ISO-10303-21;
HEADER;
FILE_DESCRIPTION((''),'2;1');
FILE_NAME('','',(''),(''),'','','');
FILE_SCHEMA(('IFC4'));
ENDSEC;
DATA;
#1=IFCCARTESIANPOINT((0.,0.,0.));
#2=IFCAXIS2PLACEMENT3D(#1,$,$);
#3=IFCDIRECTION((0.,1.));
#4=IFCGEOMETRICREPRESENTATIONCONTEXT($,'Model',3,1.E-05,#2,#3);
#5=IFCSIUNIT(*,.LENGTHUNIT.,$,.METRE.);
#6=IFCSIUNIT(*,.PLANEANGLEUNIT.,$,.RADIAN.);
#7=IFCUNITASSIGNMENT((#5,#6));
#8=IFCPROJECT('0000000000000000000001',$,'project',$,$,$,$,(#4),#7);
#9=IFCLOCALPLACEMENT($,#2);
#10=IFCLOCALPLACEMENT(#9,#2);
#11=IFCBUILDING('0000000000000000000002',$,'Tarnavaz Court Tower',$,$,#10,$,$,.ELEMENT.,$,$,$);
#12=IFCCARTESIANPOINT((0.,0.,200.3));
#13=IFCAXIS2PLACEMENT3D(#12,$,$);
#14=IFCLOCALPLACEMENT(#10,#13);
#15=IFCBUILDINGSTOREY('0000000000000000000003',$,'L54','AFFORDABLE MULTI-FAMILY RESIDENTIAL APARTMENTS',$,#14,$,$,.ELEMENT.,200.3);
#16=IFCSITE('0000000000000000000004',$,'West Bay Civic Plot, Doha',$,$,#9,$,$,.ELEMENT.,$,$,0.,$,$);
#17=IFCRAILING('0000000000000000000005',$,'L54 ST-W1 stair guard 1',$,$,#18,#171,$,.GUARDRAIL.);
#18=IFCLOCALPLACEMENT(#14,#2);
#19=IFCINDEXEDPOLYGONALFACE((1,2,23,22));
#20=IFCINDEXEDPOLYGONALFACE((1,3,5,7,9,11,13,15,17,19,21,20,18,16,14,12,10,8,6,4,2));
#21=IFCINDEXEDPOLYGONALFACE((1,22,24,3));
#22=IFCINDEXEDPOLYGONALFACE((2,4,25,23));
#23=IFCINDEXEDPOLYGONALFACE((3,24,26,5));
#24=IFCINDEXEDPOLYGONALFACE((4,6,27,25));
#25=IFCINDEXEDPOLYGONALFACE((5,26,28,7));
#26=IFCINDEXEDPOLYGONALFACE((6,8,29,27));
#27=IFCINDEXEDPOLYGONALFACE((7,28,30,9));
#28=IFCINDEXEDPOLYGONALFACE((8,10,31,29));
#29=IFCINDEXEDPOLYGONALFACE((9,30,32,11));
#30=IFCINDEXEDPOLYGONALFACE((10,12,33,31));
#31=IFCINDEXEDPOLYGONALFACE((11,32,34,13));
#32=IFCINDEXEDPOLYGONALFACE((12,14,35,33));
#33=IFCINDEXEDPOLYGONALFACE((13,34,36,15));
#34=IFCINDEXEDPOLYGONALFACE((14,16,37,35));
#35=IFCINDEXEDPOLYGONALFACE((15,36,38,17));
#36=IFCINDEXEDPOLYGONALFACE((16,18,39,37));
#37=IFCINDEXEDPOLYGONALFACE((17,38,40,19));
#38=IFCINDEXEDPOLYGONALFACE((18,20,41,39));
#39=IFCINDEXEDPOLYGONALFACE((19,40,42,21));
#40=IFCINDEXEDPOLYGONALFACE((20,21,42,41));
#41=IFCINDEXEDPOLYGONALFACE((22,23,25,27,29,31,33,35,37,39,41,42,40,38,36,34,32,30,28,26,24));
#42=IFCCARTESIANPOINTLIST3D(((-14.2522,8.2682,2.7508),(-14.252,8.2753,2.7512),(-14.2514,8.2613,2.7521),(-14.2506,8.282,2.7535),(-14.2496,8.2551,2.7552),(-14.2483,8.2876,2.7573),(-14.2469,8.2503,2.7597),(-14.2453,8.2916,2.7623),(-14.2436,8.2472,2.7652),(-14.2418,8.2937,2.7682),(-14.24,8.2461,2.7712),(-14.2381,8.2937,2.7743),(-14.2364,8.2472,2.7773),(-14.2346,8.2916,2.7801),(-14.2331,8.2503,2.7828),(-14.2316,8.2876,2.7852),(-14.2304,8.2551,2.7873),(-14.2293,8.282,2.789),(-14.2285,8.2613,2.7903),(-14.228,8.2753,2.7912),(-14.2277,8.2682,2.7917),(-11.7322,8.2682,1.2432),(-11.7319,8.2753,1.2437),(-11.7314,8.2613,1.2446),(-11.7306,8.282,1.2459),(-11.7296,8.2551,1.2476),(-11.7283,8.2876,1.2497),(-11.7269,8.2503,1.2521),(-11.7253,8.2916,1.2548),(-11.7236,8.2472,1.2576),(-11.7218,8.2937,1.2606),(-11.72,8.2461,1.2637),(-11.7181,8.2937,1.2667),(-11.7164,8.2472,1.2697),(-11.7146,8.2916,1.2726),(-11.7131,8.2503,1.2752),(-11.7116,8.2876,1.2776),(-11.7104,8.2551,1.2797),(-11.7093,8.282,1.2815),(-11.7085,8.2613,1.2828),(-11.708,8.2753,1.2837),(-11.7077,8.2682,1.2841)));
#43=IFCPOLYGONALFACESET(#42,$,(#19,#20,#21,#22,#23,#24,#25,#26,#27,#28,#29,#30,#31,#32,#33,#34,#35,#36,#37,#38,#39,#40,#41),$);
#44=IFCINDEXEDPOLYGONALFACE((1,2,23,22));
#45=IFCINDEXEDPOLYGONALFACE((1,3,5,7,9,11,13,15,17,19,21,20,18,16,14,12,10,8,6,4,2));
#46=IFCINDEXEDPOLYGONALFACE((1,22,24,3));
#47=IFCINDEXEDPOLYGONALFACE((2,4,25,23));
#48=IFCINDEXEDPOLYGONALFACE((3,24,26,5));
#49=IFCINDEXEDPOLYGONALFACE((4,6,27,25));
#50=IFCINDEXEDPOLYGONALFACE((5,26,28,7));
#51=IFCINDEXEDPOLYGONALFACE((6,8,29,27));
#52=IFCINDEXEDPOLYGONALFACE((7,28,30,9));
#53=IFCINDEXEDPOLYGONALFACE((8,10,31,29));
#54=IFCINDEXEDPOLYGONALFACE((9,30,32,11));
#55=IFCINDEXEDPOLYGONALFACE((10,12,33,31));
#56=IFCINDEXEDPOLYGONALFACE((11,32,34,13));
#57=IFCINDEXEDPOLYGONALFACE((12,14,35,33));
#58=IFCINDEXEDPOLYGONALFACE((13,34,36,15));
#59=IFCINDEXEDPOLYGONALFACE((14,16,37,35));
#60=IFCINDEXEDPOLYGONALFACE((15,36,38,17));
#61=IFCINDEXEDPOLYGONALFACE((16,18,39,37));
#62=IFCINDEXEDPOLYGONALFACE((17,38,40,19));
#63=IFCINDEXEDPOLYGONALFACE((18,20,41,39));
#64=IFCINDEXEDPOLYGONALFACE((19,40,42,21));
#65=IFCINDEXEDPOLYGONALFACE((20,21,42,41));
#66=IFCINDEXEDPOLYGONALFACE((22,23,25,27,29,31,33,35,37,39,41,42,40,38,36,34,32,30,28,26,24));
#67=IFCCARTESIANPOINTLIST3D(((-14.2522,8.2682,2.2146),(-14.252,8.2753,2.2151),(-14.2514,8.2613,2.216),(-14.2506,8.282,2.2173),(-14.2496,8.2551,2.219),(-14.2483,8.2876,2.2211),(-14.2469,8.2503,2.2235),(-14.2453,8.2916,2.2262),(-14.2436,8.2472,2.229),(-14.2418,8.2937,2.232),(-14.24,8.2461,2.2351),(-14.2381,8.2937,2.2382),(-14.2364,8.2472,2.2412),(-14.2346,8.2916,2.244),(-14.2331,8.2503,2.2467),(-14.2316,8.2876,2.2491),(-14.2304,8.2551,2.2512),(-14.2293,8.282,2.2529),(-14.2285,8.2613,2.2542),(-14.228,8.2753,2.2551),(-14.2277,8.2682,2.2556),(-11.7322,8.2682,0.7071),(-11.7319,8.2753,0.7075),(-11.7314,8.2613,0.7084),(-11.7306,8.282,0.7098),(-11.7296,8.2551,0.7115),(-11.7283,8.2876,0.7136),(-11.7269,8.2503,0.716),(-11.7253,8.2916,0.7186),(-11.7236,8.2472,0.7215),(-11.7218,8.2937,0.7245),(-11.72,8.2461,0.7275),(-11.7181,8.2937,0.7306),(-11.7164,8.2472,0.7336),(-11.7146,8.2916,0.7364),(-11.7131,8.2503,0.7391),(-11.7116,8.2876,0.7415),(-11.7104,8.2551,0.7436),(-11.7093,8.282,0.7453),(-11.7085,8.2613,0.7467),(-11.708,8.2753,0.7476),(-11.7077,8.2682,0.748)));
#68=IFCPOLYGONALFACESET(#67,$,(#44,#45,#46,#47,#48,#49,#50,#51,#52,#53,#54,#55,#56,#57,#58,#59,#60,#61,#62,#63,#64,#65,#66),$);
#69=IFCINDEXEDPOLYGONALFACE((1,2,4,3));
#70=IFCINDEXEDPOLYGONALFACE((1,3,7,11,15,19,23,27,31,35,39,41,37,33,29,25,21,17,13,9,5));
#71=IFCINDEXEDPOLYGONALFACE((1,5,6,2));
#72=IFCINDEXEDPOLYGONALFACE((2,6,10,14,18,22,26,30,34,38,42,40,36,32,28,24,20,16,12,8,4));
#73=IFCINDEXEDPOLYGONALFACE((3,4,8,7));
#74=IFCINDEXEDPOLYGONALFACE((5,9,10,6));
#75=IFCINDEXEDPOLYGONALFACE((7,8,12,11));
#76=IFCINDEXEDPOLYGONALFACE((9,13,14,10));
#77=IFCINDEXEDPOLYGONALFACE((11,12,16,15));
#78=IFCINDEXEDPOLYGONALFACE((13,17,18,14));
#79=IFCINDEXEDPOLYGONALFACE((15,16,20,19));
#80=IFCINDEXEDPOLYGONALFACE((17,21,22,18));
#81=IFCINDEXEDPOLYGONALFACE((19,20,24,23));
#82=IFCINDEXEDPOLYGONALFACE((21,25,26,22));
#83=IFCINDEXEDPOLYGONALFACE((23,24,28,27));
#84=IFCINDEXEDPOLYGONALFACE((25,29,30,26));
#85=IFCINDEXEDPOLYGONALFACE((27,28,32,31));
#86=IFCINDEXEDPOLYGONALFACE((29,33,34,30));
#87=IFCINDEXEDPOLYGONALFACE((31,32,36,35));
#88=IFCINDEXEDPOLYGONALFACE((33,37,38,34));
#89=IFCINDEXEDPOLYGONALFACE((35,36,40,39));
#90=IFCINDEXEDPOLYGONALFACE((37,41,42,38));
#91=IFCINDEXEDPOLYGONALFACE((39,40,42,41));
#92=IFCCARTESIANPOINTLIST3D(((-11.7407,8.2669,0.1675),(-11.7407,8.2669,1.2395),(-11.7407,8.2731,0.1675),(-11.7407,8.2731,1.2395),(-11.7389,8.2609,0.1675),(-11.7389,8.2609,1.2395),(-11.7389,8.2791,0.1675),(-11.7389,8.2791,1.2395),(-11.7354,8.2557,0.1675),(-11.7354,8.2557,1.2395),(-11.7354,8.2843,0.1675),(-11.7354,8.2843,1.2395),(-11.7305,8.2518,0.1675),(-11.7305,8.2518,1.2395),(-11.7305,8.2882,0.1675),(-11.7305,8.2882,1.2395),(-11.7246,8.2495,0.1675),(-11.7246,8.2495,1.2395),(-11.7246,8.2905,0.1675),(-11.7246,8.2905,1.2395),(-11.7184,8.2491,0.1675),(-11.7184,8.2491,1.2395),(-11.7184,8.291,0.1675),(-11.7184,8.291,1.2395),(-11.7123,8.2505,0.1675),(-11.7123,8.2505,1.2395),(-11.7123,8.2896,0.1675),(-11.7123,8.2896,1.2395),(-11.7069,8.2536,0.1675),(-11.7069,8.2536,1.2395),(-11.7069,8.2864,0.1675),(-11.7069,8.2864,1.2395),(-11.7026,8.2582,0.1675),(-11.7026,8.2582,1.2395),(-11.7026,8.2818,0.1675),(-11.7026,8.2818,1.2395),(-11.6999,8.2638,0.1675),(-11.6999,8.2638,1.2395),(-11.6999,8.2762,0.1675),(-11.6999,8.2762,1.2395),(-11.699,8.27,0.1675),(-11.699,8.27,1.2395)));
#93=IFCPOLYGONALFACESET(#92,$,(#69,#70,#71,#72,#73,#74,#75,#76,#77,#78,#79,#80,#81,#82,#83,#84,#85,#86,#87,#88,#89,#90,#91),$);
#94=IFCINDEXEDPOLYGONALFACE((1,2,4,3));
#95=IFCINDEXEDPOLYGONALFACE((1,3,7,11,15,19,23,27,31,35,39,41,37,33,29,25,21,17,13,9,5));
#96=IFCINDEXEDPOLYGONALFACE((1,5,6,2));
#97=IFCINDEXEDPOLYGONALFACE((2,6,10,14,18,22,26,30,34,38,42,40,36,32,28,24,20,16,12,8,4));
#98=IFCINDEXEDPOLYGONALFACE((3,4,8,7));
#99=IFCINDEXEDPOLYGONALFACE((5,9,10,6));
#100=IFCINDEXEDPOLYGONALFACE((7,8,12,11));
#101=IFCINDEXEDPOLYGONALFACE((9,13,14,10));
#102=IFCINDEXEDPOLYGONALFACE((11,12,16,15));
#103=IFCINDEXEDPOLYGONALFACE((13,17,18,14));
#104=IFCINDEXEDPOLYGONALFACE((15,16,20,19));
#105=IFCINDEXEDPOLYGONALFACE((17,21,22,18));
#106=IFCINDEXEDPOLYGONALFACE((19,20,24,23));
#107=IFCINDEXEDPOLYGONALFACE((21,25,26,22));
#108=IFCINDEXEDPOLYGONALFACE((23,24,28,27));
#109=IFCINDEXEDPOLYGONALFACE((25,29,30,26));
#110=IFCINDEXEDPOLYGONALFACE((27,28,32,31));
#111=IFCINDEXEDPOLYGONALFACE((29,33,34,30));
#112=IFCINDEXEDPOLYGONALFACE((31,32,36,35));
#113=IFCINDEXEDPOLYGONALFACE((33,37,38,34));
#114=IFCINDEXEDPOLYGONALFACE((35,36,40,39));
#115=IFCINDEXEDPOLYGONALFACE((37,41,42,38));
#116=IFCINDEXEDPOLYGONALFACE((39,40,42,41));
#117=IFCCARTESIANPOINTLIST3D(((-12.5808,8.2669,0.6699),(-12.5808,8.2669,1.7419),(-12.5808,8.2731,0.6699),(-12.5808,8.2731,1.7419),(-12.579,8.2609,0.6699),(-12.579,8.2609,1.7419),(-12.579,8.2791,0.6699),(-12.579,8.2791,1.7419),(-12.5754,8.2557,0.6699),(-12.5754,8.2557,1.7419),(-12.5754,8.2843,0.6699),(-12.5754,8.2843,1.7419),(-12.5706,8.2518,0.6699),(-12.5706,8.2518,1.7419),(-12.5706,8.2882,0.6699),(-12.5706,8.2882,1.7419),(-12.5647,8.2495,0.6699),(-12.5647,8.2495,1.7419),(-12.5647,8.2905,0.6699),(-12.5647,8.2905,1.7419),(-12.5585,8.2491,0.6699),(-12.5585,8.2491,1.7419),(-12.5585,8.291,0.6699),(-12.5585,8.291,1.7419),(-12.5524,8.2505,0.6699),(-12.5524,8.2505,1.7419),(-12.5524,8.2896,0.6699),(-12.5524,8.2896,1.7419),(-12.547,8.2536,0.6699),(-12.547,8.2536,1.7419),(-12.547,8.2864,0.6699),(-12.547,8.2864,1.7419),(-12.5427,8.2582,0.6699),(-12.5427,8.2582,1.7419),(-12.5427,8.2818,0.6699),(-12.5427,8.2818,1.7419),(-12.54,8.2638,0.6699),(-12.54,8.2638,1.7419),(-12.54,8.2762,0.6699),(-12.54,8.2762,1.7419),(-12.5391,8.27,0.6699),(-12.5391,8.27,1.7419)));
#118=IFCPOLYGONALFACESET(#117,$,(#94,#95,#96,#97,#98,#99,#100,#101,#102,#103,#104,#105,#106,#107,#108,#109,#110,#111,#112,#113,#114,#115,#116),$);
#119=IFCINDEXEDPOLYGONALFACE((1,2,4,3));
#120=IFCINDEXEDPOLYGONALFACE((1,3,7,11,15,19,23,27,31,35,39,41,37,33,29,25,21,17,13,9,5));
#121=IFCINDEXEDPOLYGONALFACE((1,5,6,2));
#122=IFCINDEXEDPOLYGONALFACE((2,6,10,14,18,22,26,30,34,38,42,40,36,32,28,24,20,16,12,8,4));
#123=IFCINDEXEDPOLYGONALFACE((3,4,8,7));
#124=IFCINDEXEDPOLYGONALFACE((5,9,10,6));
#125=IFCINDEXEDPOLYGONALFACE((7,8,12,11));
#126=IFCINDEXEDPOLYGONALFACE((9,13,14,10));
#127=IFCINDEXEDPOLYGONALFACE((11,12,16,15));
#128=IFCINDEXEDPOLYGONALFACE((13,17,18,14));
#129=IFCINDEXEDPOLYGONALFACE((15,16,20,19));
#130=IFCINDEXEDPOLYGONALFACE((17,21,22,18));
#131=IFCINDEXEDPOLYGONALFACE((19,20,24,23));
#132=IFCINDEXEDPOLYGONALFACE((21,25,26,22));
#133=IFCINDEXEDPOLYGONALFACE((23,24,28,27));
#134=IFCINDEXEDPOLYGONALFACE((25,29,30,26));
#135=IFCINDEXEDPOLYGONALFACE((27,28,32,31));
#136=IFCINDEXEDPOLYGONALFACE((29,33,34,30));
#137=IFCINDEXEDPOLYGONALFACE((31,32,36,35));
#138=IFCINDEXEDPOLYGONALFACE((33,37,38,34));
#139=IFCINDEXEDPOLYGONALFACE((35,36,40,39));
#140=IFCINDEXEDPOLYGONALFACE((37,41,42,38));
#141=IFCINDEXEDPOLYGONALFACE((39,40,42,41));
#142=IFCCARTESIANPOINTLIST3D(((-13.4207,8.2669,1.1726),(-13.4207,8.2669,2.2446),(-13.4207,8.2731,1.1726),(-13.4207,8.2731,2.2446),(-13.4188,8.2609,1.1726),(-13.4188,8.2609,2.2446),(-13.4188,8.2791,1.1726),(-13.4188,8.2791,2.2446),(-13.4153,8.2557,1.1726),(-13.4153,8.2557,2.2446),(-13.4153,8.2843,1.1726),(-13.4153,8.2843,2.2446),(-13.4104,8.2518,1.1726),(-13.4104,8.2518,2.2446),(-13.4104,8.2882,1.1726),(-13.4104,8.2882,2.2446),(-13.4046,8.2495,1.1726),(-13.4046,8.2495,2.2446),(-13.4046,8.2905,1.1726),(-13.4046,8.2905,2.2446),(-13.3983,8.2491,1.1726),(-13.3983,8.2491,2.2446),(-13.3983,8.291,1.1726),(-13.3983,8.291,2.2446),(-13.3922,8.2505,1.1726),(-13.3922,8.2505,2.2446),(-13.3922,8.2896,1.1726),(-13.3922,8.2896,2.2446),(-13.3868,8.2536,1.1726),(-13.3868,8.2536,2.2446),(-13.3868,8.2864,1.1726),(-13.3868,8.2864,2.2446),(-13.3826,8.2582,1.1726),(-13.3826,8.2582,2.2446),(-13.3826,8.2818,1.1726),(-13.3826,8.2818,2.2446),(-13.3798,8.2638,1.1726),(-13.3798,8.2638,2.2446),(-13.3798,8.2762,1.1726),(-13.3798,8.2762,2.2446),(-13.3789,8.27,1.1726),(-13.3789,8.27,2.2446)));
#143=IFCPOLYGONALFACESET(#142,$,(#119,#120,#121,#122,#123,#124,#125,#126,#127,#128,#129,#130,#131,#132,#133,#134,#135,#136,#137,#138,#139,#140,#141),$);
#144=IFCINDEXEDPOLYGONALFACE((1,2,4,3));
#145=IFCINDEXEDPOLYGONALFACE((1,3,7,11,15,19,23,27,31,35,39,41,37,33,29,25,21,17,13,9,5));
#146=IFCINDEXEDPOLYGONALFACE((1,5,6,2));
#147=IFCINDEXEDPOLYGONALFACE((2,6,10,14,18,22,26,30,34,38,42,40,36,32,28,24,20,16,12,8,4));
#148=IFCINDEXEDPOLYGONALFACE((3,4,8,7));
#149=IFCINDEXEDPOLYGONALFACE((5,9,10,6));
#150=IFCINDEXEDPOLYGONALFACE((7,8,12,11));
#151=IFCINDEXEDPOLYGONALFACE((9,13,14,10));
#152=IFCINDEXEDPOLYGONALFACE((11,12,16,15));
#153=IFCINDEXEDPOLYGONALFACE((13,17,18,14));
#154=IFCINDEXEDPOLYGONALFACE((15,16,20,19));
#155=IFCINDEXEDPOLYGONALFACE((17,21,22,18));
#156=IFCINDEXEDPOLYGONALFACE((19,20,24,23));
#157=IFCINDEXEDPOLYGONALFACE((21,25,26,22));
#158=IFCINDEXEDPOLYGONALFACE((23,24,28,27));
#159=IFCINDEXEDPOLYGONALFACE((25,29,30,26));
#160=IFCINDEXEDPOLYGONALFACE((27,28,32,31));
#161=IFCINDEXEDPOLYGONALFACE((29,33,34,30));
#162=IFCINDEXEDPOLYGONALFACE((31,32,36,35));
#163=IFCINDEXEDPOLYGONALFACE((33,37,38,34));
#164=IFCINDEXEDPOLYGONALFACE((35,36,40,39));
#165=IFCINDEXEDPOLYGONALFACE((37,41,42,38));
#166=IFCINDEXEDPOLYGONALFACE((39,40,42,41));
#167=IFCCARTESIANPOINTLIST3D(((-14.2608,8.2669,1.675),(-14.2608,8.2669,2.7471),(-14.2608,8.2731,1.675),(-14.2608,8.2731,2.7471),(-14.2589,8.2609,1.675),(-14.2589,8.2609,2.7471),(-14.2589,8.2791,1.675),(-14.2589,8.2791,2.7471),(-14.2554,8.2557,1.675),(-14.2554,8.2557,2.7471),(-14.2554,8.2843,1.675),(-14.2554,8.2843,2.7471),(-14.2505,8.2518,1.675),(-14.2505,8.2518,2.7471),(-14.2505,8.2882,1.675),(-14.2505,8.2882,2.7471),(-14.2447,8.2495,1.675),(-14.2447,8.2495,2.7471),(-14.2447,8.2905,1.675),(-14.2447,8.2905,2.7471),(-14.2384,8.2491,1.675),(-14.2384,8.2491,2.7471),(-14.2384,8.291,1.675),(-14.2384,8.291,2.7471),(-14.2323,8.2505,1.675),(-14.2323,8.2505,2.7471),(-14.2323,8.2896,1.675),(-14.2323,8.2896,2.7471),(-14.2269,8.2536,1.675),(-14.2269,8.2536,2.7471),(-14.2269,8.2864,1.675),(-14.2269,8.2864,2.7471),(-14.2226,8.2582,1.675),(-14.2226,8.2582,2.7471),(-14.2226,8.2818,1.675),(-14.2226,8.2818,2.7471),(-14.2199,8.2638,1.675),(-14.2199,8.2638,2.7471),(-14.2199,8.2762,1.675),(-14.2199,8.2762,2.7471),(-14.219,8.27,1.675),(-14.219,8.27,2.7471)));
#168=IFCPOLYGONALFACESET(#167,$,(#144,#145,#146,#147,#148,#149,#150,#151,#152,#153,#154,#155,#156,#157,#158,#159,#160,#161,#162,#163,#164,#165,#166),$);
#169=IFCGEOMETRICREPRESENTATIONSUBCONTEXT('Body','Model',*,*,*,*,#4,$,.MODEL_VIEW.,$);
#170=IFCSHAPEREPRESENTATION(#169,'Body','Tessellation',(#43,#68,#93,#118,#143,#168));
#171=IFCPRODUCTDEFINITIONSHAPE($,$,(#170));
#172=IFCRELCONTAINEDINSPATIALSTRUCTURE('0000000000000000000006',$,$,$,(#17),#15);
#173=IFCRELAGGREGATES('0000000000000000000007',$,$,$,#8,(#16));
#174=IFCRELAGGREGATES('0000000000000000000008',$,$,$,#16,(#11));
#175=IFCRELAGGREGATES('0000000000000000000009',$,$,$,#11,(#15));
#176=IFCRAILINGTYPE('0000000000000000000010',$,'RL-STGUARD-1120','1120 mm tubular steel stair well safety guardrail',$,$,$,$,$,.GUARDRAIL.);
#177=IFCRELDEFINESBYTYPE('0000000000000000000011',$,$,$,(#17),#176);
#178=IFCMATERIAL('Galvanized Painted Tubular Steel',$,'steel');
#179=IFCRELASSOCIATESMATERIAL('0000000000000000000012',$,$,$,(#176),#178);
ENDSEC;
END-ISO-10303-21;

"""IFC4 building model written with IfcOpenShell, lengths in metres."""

from ifc_helpers import new_model, si_unit, direction, frame, origin, origin_2d, place, context, subcontext, project, spatial, circle, extrude, material, type_object, element, save


model = new_model("IFC4")

# Units and contexts
model_context = context("Model", 3, precision=1e-05, world=origin(), true_north=direction((0.0, 1.0)))
body_context = subcontext(model_context, "Body", "Model", "MODEL_VIEW")
ifc_project = project(units=[si_unit("LENGTHUNIT", "METRE"), si_unit("PLANEANGLEUNIT", "RADIAN")], contexts=[model_context])

# Site, building, storey
site_placement = place(None, origin())
site = spatial("IfcSite", under=ifc_project, at=site_placement, Name="West Bay Civic Plot, Doha", CompositionType="ELEMENT", RefElevation=0.0)
building_placement = place(site_placement, origin())
building = spatial("IfcBuilding", under=site, at=building_placement, Name="Tarnavaz Court Tower", CompositionType="ELEMENT")
storey_placement = place(building_placement, frame((0.0, 0.0, 200.3)))
storey = spatial("IfcBuildingStorey", under=building, at=storey_placement, Name="L54", Description="AFFORDABLE MULTI-FAMILY RESIDENTIAL APARTMENTS", CompositionType="ELEMENT", Elevation=200.3)

# Railing
ifc_material_1 = material(Name="Galvanized Painted Tubular Steel", Category="steel")
railing_type_1 = type_object("IfcRailingType", Name="RL-STGUARD-1120", Description="1120 mm tubular steel stair well safety guardrail", PredefinedType="GUARDRAIL", material=ifc_material_1)
railing_1_placement = place(storey_placement, frame((-11.72, 8.27, 0.1675)))
element("IfcRailing", 1, at=railing_1_placement, inside=storey, type_object=railing_type_1, Name="L54 ST-W1 stair guard 1", PredefinedType="GUARDRAIL", context=body_context, shape_type="SweptSolid", body=[
    extrude(circle(Radius=0.0239, at=origin_2d()), frame((0.0, 0.0, 1.0962), z_axis=(-0.85816, 0.0, 0.513383), x_axis=(0.0, -1.0, 0.0)), (0.0, 0.0, 1.0), 2.9365),
    extrude(circle(Radius=0.0239, at=origin_2d()), frame((0.0, 0.0, 0.5601), z_axis=(-0.85816, 0.0, 0.513383), x_axis=(0.0, -1.0, 0.0)), (0.0, 0.0, 1.0), 2.9365),
    extrude(circle(Radius=0.021, at=origin_2d()), origin(), (0.0, 0.0, 1.0), 1.072),
    extrude(circle(Radius=0.021, at=origin_2d()), frame((-0.8401, 0.0, 0.5024)), (0.0, 0.0, 1.0), 1.072),
    extrude(circle(Radius=0.021, at=origin_2d()), frame((-1.6799, 0.0, 1.0051)), (0.0, 0.0, 1.0), 1.072),
    extrude(circle(Radius=0.021, at=origin_2d()), frame((-2.52, 0.0, 1.5076)), (0.0, 0.0, 1.0), 1.072),
])

save(model, "model.ifc")
